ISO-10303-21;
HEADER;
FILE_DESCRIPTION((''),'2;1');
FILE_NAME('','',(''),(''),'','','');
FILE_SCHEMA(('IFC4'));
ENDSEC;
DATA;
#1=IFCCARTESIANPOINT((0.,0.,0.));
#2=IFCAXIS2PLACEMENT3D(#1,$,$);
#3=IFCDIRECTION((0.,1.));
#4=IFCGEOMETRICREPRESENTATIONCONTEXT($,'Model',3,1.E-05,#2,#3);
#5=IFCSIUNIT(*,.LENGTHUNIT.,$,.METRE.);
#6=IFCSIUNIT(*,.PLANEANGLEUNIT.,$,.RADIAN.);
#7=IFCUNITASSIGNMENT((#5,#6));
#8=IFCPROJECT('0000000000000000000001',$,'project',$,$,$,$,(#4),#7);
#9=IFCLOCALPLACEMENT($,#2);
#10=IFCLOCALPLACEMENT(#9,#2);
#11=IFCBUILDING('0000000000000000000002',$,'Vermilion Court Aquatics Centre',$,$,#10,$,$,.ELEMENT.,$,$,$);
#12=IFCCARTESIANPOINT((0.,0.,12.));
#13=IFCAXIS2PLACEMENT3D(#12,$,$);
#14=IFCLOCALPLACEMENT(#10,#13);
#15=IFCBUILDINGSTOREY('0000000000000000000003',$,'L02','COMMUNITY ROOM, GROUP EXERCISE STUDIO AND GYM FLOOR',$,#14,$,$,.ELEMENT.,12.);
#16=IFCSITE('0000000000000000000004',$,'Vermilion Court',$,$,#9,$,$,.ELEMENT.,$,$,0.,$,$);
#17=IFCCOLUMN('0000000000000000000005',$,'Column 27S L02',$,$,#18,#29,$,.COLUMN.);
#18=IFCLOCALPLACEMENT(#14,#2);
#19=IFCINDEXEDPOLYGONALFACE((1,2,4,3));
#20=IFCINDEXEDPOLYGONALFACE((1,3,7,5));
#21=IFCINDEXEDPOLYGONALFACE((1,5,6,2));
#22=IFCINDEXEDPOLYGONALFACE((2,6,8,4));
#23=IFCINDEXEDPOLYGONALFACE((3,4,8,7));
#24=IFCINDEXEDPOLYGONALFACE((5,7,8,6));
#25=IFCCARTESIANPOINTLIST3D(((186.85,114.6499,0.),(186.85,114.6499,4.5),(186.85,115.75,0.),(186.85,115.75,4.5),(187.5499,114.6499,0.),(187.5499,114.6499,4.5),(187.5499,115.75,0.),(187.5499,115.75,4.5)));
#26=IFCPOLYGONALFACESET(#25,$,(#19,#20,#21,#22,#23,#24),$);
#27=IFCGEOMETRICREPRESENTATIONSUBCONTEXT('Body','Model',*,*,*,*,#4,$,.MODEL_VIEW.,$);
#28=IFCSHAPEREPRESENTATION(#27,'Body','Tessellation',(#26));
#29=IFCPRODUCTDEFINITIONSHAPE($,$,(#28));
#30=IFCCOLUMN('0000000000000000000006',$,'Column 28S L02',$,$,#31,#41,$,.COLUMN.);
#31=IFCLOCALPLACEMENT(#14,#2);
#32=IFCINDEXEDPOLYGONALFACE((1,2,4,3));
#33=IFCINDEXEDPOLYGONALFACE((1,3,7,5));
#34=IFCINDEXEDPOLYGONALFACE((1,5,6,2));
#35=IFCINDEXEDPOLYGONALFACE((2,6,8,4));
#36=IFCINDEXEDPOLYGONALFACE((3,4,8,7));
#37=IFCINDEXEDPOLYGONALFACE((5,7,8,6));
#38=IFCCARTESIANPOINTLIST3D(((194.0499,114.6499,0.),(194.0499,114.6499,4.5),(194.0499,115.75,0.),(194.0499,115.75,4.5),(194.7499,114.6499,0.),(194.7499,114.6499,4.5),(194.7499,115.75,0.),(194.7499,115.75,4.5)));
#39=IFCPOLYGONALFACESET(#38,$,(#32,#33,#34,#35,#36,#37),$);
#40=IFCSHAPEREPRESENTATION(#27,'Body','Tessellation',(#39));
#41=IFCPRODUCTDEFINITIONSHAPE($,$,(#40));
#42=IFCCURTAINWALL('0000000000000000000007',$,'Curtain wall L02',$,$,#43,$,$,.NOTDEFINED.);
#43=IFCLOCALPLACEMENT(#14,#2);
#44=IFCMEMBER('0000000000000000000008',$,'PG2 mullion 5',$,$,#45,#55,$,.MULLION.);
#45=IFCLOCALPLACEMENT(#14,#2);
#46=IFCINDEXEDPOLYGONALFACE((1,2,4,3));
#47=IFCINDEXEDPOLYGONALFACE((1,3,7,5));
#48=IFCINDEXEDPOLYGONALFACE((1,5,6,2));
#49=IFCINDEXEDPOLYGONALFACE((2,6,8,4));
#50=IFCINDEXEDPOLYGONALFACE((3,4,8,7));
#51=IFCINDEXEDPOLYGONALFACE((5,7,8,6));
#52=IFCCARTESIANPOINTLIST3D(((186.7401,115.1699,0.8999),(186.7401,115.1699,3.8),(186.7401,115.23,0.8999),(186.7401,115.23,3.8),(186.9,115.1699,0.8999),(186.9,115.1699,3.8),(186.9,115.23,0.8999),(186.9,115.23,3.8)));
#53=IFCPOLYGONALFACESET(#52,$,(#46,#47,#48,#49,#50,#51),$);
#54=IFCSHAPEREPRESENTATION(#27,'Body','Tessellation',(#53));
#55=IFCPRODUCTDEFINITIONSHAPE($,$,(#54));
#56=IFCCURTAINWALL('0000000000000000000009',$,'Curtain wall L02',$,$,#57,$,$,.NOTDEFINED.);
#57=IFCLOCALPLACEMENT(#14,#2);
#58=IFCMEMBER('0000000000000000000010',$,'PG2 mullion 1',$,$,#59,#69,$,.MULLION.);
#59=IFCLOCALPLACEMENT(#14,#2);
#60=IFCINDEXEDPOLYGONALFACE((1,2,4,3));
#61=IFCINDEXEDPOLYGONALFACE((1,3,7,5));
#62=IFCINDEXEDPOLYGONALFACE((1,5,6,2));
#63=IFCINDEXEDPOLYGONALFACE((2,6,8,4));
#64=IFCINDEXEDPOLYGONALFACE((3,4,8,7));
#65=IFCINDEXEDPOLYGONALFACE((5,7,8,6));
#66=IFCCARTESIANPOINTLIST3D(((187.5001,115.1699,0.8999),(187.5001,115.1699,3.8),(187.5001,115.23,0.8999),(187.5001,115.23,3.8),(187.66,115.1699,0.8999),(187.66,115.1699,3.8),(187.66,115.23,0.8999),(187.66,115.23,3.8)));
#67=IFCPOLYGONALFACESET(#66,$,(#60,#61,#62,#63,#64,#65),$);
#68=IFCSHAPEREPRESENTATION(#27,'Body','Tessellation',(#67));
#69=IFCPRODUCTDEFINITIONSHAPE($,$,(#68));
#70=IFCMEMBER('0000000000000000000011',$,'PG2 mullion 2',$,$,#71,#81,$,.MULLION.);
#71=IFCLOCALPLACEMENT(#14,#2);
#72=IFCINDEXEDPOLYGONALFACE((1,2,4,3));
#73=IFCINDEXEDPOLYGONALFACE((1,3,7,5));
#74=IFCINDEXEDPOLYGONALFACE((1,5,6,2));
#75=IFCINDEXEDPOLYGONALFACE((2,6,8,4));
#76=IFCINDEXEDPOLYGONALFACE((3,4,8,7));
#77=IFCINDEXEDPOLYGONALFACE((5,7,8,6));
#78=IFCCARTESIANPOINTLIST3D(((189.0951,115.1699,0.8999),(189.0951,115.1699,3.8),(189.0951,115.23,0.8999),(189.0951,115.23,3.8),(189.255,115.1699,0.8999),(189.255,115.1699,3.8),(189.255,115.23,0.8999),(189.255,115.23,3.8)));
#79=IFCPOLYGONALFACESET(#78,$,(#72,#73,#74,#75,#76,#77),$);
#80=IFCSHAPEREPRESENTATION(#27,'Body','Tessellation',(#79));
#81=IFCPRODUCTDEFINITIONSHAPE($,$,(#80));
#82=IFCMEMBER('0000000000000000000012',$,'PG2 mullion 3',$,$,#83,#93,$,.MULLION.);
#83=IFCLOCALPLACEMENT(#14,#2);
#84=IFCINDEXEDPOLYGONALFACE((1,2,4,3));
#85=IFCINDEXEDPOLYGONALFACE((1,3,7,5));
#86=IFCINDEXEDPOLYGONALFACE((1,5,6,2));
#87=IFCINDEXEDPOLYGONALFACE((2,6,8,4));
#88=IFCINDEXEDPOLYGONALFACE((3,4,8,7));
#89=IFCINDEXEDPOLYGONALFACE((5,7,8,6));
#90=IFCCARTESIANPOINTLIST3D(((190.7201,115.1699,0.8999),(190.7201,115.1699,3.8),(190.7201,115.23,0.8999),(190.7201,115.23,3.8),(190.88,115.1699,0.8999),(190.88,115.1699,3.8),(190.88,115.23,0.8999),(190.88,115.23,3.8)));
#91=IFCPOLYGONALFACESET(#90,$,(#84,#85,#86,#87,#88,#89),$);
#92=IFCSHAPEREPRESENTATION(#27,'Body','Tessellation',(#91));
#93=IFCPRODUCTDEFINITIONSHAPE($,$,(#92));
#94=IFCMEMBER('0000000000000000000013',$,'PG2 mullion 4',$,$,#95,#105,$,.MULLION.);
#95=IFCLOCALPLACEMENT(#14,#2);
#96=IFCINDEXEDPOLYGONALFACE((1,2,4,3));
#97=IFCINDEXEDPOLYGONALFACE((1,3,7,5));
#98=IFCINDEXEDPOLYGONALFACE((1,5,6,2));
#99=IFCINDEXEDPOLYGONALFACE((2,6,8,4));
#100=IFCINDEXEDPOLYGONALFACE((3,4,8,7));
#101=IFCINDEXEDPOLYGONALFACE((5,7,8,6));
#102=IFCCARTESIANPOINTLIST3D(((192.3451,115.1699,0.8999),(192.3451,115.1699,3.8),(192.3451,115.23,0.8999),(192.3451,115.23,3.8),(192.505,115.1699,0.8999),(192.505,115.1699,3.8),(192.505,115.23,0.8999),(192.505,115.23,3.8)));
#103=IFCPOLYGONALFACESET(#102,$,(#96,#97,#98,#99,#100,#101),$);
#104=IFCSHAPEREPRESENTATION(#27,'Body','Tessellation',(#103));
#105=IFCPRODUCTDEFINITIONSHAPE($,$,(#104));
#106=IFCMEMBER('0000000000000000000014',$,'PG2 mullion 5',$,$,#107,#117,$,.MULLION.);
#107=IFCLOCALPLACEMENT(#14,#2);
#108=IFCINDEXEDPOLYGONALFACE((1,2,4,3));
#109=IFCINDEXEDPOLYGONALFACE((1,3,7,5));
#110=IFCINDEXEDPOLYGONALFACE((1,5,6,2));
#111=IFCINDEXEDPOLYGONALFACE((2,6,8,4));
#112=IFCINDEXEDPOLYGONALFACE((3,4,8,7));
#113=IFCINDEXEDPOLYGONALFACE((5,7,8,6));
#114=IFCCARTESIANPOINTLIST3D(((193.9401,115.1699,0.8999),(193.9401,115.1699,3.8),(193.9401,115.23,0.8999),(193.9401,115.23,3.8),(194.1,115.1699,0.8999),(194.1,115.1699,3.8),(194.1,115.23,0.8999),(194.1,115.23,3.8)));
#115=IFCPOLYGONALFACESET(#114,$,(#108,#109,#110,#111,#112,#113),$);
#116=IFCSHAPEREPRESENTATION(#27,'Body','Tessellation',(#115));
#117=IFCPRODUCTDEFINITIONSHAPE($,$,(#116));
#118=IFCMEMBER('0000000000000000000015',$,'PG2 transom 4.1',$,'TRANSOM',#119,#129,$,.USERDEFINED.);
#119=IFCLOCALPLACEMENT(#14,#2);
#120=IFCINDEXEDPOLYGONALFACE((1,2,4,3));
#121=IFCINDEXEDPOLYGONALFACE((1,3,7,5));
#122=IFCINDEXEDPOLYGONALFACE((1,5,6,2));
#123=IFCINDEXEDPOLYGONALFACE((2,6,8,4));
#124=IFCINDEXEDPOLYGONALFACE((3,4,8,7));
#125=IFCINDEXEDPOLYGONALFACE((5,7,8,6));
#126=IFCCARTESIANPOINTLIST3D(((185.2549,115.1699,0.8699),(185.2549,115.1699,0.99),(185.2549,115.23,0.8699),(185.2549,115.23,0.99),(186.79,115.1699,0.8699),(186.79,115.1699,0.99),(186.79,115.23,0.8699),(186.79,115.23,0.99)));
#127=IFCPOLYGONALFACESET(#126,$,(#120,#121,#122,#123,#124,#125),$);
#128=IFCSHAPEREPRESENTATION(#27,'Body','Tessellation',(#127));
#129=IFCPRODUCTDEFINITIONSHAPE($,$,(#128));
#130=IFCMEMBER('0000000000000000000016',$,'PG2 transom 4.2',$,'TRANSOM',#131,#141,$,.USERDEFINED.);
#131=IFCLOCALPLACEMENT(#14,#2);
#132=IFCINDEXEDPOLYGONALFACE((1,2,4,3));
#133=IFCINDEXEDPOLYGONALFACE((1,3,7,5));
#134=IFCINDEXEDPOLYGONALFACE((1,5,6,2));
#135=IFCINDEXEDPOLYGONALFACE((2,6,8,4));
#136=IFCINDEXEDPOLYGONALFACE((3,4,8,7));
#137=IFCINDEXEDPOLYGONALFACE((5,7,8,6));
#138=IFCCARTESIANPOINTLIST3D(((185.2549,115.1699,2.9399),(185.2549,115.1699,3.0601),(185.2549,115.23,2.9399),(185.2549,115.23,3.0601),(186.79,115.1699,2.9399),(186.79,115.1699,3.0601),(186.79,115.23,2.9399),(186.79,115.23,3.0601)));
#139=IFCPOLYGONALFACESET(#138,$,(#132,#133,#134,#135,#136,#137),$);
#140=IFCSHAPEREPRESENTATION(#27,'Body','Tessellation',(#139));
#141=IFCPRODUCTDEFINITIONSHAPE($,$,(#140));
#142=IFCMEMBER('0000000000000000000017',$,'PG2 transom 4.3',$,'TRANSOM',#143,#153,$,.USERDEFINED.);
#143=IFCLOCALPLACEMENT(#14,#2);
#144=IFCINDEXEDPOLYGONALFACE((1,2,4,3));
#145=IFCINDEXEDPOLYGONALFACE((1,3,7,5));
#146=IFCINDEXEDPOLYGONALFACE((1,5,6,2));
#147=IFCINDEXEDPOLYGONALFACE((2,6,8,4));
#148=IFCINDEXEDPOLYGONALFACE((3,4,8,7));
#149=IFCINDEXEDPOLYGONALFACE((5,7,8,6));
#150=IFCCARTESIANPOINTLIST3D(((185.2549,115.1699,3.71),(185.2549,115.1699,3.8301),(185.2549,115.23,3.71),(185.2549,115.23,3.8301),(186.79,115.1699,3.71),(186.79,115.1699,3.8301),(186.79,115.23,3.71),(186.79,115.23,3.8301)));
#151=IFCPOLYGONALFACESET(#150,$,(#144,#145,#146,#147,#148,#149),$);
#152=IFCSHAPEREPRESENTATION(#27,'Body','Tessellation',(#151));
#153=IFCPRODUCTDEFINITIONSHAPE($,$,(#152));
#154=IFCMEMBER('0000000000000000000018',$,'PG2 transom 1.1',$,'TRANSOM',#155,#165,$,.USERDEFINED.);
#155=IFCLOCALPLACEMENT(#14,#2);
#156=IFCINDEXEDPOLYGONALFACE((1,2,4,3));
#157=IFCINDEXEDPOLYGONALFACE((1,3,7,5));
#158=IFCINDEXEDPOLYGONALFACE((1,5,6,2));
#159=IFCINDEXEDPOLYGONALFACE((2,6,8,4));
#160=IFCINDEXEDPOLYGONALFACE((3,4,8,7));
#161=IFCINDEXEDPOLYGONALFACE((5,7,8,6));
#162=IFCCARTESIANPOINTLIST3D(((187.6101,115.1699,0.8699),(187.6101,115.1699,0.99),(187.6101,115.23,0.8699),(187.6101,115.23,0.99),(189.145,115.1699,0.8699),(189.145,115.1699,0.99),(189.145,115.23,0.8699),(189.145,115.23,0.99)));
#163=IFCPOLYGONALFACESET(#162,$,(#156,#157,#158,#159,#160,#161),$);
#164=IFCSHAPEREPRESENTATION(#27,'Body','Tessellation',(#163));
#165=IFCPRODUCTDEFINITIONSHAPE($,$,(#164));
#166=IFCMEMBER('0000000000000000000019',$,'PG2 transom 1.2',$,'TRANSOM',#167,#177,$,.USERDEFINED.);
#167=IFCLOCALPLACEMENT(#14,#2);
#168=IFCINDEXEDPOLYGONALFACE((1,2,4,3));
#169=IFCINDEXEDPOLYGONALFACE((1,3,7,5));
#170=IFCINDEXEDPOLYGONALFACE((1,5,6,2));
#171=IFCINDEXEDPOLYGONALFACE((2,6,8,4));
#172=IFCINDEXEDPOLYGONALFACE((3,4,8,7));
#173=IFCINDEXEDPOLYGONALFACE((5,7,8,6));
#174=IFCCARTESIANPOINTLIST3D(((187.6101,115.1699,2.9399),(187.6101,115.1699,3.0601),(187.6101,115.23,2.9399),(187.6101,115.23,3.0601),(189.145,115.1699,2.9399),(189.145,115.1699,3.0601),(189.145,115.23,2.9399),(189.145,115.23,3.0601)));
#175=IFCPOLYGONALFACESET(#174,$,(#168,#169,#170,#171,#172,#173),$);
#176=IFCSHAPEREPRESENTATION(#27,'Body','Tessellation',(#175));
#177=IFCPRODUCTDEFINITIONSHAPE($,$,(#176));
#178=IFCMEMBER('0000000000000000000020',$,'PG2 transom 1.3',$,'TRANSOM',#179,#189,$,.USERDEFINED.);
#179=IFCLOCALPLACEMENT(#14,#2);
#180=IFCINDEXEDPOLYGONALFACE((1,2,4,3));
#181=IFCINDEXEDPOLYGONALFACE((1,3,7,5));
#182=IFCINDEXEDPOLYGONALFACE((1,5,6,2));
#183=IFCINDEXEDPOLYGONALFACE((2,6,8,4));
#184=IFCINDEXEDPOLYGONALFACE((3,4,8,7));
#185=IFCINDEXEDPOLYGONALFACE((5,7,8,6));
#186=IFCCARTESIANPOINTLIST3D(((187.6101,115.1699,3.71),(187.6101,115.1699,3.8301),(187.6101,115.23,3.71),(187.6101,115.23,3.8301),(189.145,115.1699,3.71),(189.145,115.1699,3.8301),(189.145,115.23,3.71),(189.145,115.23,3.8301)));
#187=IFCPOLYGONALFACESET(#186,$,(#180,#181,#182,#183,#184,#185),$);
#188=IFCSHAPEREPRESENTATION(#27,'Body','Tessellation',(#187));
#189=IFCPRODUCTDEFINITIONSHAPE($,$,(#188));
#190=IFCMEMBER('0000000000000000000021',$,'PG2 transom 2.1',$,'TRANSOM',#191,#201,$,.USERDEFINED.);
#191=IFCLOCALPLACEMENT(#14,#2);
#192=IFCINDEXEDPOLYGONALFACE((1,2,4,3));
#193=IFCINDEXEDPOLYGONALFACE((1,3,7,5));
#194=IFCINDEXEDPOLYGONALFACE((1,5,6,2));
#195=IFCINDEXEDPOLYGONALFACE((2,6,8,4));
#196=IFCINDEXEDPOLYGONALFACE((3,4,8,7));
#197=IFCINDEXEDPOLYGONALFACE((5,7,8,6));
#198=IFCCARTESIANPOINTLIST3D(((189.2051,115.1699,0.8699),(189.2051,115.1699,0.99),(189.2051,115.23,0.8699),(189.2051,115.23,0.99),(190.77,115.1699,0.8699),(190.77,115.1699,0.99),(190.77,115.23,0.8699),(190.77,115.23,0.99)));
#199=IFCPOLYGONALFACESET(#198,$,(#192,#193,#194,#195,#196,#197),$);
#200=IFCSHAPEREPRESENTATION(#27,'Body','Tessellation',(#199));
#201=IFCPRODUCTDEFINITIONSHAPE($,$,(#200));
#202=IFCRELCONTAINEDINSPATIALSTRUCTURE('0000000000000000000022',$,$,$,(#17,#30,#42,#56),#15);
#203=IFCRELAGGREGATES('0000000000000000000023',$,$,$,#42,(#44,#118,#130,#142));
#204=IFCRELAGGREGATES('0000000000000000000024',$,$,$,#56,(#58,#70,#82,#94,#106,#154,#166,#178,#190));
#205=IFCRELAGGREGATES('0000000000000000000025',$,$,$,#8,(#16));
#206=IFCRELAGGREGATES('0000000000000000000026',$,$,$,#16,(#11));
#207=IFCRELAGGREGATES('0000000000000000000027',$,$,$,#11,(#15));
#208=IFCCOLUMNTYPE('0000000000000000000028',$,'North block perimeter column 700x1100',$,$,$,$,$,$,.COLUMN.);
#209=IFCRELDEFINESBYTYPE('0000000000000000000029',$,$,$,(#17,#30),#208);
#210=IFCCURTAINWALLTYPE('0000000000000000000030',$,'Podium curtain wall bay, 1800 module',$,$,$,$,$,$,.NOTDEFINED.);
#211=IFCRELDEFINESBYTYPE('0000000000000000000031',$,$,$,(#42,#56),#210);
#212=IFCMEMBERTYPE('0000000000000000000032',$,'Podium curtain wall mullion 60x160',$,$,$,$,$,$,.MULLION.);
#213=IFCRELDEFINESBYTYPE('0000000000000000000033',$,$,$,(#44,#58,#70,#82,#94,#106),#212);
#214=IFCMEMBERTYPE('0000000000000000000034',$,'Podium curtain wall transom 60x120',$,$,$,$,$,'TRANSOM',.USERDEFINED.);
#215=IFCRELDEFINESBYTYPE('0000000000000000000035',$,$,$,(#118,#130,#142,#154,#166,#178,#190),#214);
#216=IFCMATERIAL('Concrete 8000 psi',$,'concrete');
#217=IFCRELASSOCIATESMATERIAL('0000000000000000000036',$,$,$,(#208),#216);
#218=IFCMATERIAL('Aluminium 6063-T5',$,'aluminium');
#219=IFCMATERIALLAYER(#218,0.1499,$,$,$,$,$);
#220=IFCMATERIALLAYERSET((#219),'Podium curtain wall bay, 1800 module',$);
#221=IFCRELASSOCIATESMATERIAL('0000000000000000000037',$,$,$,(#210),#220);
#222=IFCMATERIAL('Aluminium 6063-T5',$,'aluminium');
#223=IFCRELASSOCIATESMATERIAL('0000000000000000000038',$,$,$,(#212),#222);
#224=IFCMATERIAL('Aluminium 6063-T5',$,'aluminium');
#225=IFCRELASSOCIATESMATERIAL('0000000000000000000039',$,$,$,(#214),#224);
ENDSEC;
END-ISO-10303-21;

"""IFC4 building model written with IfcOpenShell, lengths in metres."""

from ifc_helpers import new_model, si_unit, direction, frame, origin, origin_2d, place, context, subcontext, project, spatial, rectangle, extrude, material, layer, layer_set, material_profile, profile_set, type_object, element, aggregate, save


model = new_model("IFC4")

# Units and contexts
model_context = context("Model", 3, precision=1e-05, world=origin(), true_north=direction((0.0, 1.0)))
body_context = subcontext(model_context, "Body", "Model", "MODEL_VIEW")
ifc_project = project(units=[si_unit("LENGTHUNIT", "METRE"), si_unit("PLANEANGLEUNIT", "RADIAN")], contexts=[model_context])

# Site, building, storey
site_placement = place(None, origin())
site = spatial("IfcSite", under=ifc_project, at=site_placement, Name="Vermilion Court", CompositionType="ELEMENT", RefElevation=0.0)
building_placement = place(site_placement, origin())
building = spatial("IfcBuilding", under=site, at=building_placement, Name="Vermilion Court Aquatics Centre", CompositionType="ELEMENT")
storey_placement = place(building_placement, frame((0.0, 0.0, 12.0)))
storey = spatial("IfcBuildingStorey", under=building, at=storey_placement, Name="L02", Description="COMMUNITY ROOM, GROUP EXERCISE STUDIO AND GYM FLOOR", CompositionType="ELEMENT", Elevation=12.0)

# Columns
ifc_material_1 = material(Name="Concrete 8000 psi", Category="concrete")
ifc_material_profile_1 = material_profile(ifc_material_1, rectangle(XDim=0.7, YDim=1.1001, at=origin_2d()), Name="RC 700x1100")
ifc_profile_set_1 = profile_set([ifc_material_profile_1], Name="Concrete 8000 psi")
column_type = type_object("IfcColumnType", Name="North block perimeter column 700x1100", PredefinedType="COLUMN", material=ifc_profile_set_1)
for number, where, z_axis, x_axis, name in (
    (1, (187.2, 115.2, 0.0), (0.0, 0.0, 1.0), (1.0, 0.0, 0.0), "Column 27S L02"),
    (2, (194.3999, 115.2, 0.0), (0.0, 0.0, 1.0), (1.0, 0.0, 0.0), "Column 28S L02"),
):
    element("IfcColumn", number, at=place(storey_placement, frame(where, z_axis=z_axis, x_axis=x_axis)), inside=storey, type_object=column_type, Name=name, PredefinedType="COLUMN", context=body_context, shape_type="SweptSolid", body=[
        extrude(rectangle(XDim=0.7, YDim=1.1001, at=origin_2d()), origin(), (0.0, 0.0, 1.0), 4.5),
    ])

# Curtain wall, member
ifc_material_2 = material(Name="Aluminium 6063-T5", Category="aluminium")
ifc_layer_1 = layer(ifc_material_2, 0.1499)
ifc_layer_set_1 = layer_set([ifc_layer_1], Name="Podium curtain wall bay, 1800 module")
curtain_wall_type = type_object("IfcCurtainWallType", Name="Podium curtain wall bay, 1800 module", PredefinedType="NOTDEFINED", material=ifc_layer_set_1)
curtain_wall_1_placement = place(storey_placement, origin())
curtain_wall_1 = element("IfcCurtainWall", 3, at=curtain_wall_1_placement, inside=storey, type_object=curtain_wall_type, Name="Curtain wall L02", PredefinedType="NOTDEFINED")
ifc_material_3 = material(Name="Aluminium 6063-T5", Category="aluminium")
ifc_material_profile_2 = material_profile(ifc_material_3, rectangle(XDim=0.0601, YDim=0.1599, at=origin_2d()), Name="Mullion 60x160")
ifc_profile_set_2 = profile_set([ifc_material_profile_2], Name="Aluminium 6063-T5")
member_type_1 = type_object("IfcMemberType", Name="Podium curtain wall mullion 60x160", PredefinedType="MULLION", material=ifc_profile_set_2)
member_1_placement = place(storey_placement, frame((186.8201, 115.2, 0.8999), z_axis=(0.0, 0.0, 1.0), x_axis=(0.0, 1.0, 0.0)))
member_1 = element("IfcMember", 4, at=member_1_placement, type_object=member_type_1, Name="PG2 mullion 5", PredefinedType="MULLION", context=body_context, shape_type="SweptSolid", body=[
    extrude(rectangle(XDim=0.0601, YDim=0.1599, at=origin_2d()), origin(), (0.0, 0.0, 1.0), 2.9001),
])

# Curtain wall, members
curtain_wall_2_placement = place(storey_placement, origin())
curtain_wall_2 = element("IfcCurtainWall", 5, at=curtain_wall_2_placement, inside=storey, type_object=curtain_wall_type, Name="Curtain wall L02", PredefinedType="NOTDEFINED")
member_2_placement = place(storey_placement, frame((187.5801, 115.2, 0.8999), z_axis=(0.0, 0.0, 1.0), x_axis=(0.0, 1.0, 0.0)))
member_2 = element("IfcMember", 6, at=member_2_placement, type_object=member_type_1, Name="PG2 mullion 1", PredefinedType="MULLION", context=body_context, shape_type="SweptSolid", body=[
    extrude(rectangle(XDim=0.0601, YDim=0.1599, at=origin_2d()), origin(), (0.0, 0.0, 1.0), 2.9001),
])
member_3_placement = place(storey_placement, frame((189.175, 115.2, 0.8999), z_axis=(0.0, 0.0, 1.0), x_axis=(0.0, 1.0, 0.0)))
member_3 = element("IfcMember", 7, at=member_3_placement, type_object=member_type_1, Name="PG2 mullion 2", PredefinedType="MULLION", context=body_context, shape_type="SweptSolid", body=[
    extrude(rectangle(XDim=0.0601, YDim=0.1599, at=origin_2d()), origin(), (0.0, 0.0, 1.0), 2.9001),
])
member_4_placement = place(storey_placement, frame((190.8, 115.2, 0.8999), z_axis=(0.0, 0.0, 1.0), x_axis=(0.0, 1.0, 0.0)))
member_4 = element("IfcMember", 8, at=member_4_placement, type_object=member_type_1, Name="PG2 mullion 3", PredefinedType="MULLION", context=body_context, shape_type="SweptSolid", body=[
    extrude(rectangle(XDim=0.0601, YDim=0.1599, at=origin_2d()), origin(), (0.0, 0.0, 1.0), 2.9001),
])
member_5_placement = place(storey_placement, frame((192.425, 115.2, 0.8999), z_axis=(0.0, 0.0, 1.0), x_axis=(0.0, 1.0, 0.0)))
member_5 = element("IfcMember", 9, at=member_5_placement, type_object=member_type_1, Name="PG2 mullion 4", PredefinedType="MULLION", context=body_context, shape_type="SweptSolid", body=[
    extrude(rectangle(XDim=0.0601, YDim=0.1599, at=origin_2d()), origin(), (0.0, 0.0, 1.0), 2.9001),
])
member_6_placement = place(storey_placement, frame((194.02, 115.2, 0.8999), z_axis=(0.0, 0.0, 1.0), x_axis=(0.0, 1.0, 0.0)))
member_6 = element("IfcMember", 10, at=member_6_placement, type_object=member_type_1, Name="PG2 mullion 5", PredefinedType="MULLION", context=body_context, shape_type="SweptSolid", body=[
    extrude(rectangle(XDim=0.0601, YDim=0.1599, at=origin_2d()), origin(), (0.0, 0.0, 1.0), 2.9001),
])

# Members
ifc_material_4 = material(Name="Aluminium 6063-T5", Category="aluminium")
ifc_material_profile_3 = material_profile(ifc_material_4, rectangle(XDim=0.0601, YDim=0.1201, at=origin_2d()), Name="Transom 60x120")
ifc_profile_set_3 = profile_set([ifc_material_profile_3], Name="Aluminium 6063-T5")
member_type_2 = type_object("IfcMemberType", Name="Podium curtain wall transom 60x120", ElementType="TRANSOM", PredefinedType="USERDEFINED", material=ifc_profile_set_3)
member_7_placement = place(storey_placement, frame((185.2549, 115.2, 0.9299), z_axis=(1.0, 0.0, 0.0), x_axis=(0.0, 1.0, 0.0)))
member_7 = element("IfcMember", 11, at=member_7_placement, type_object=member_type_2, Name="PG2 transom 4.1", ObjectType="TRANSOM", PredefinedType="USERDEFINED", context=body_context, shape_type="SweptSolid", body=[
    extrude(rectangle(XDim=0.0601, YDim=0.1201, at=origin_2d()), origin(), (0.0, 0.0, 1.0), 1.5352),
])
member_8_placement = place(storey_placement, frame((185.2549, 115.2, 3.0), z_axis=(1.0, 0.0, 0.0), x_axis=(0.0, 1.0, 0.0)))
member_8 = element("IfcMember", 12, at=member_8_placement, type_object=member_type_2, Name="PG2 transom 4.2", ObjectType="TRANSOM", PredefinedType="USERDEFINED", context=body_context, shape_type="SweptSolid", body=[
    extrude(rectangle(XDim=0.0601, YDim=0.1201, at=origin_2d()), origin(), (0.0, 0.0, 1.0), 1.5352),
])
member_9_placement = place(storey_placement, frame((185.2549, 115.2, 3.77), z_axis=(1.0, 0.0, 0.0), x_axis=(0.0, 1.0, 0.0)))
member_9 = element("IfcMember", 13, at=member_9_placement, type_object=member_type_2, Name="PG2 transom 4.3", ObjectType="TRANSOM", PredefinedType="USERDEFINED", context=body_context, shape_type="SweptSolid", body=[
    extrude(rectangle(XDim=0.0601, YDim=0.1201, at=origin_2d()), origin(), (0.0, 0.0, 1.0), 1.5352),
])
member_10_placement = place(storey_placement, frame((187.6101, 115.2, 0.9299), z_axis=(1.0, 0.0, 0.0), x_axis=(0.0, 1.0, 0.0)))
member_10 = element("IfcMember", 14, at=member_10_placement, type_object=member_type_2, Name="PG2 transom 1.1", ObjectType="TRANSOM", PredefinedType="USERDEFINED", context=body_context, shape_type="SweptSolid", body=[
    extrude(rectangle(XDim=0.0601, YDim=0.1201, at=origin_2d()), origin(), (0.0, 0.0, 1.0), 1.5349),
])
member_11_placement = place(storey_placement, frame((187.6101, 115.2, 3.0), z_axis=(1.0, 0.0, 0.0), x_axis=(0.0, 1.0, 0.0)))
member_11 = element("IfcMember", 15, at=member_11_placement, type_object=member_type_2, Name="PG2 transom 1.2", ObjectType="TRANSOM", PredefinedType="USERDEFINED", context=body_context, shape_type="SweptSolid", body=[
    extrude(rectangle(XDim=0.0601, YDim=0.1201, at=origin_2d()), origin(), (0.0, 0.0, 1.0), 1.5349),
])
member_12_placement = place(storey_placement, frame((187.6101, 115.2, 3.77), z_axis=(1.0, 0.0, 0.0), x_axis=(0.0, 1.0, 0.0)))
member_12 = element("IfcMember", 16, at=member_12_placement, type_object=member_type_2, Name="PG2 transom 1.3", ObjectType="TRANSOM", PredefinedType="USERDEFINED", context=body_context, shape_type="SweptSolid", body=[
    extrude(rectangle(XDim=0.0601, YDim=0.1201, at=origin_2d()), origin(), (0.0, 0.0, 1.0), 1.5349),
])
member_13_placement = place(storey_placement, frame((189.2051, 115.2, 0.9299), z_axis=(1.0, 0.0, 0.0), x_axis=(0.0, 1.0, 0.0)))
member_13 = element("IfcMember", 17, at=member_13_placement, type_object=member_type_2, Name="PG2 transom 2.1", ObjectType="TRANSOM", PredefinedType="USERDEFINED", context=body_context, shape_type="SweptSolid", body=[
    extrude(rectangle(XDim=0.0601, YDim=0.1201, at=origin_2d()), origin(), (0.0, 0.0, 1.0), 1.5649),
])

aggregate(curtain_wall_1, [member_1, member_7, member_8, member_9])
aggregate(curtain_wall_2, [member_2, member_3, member_4, member_5, member_6, member_10, member_11, member_12, member_13])

save(model, "model.ifc")
